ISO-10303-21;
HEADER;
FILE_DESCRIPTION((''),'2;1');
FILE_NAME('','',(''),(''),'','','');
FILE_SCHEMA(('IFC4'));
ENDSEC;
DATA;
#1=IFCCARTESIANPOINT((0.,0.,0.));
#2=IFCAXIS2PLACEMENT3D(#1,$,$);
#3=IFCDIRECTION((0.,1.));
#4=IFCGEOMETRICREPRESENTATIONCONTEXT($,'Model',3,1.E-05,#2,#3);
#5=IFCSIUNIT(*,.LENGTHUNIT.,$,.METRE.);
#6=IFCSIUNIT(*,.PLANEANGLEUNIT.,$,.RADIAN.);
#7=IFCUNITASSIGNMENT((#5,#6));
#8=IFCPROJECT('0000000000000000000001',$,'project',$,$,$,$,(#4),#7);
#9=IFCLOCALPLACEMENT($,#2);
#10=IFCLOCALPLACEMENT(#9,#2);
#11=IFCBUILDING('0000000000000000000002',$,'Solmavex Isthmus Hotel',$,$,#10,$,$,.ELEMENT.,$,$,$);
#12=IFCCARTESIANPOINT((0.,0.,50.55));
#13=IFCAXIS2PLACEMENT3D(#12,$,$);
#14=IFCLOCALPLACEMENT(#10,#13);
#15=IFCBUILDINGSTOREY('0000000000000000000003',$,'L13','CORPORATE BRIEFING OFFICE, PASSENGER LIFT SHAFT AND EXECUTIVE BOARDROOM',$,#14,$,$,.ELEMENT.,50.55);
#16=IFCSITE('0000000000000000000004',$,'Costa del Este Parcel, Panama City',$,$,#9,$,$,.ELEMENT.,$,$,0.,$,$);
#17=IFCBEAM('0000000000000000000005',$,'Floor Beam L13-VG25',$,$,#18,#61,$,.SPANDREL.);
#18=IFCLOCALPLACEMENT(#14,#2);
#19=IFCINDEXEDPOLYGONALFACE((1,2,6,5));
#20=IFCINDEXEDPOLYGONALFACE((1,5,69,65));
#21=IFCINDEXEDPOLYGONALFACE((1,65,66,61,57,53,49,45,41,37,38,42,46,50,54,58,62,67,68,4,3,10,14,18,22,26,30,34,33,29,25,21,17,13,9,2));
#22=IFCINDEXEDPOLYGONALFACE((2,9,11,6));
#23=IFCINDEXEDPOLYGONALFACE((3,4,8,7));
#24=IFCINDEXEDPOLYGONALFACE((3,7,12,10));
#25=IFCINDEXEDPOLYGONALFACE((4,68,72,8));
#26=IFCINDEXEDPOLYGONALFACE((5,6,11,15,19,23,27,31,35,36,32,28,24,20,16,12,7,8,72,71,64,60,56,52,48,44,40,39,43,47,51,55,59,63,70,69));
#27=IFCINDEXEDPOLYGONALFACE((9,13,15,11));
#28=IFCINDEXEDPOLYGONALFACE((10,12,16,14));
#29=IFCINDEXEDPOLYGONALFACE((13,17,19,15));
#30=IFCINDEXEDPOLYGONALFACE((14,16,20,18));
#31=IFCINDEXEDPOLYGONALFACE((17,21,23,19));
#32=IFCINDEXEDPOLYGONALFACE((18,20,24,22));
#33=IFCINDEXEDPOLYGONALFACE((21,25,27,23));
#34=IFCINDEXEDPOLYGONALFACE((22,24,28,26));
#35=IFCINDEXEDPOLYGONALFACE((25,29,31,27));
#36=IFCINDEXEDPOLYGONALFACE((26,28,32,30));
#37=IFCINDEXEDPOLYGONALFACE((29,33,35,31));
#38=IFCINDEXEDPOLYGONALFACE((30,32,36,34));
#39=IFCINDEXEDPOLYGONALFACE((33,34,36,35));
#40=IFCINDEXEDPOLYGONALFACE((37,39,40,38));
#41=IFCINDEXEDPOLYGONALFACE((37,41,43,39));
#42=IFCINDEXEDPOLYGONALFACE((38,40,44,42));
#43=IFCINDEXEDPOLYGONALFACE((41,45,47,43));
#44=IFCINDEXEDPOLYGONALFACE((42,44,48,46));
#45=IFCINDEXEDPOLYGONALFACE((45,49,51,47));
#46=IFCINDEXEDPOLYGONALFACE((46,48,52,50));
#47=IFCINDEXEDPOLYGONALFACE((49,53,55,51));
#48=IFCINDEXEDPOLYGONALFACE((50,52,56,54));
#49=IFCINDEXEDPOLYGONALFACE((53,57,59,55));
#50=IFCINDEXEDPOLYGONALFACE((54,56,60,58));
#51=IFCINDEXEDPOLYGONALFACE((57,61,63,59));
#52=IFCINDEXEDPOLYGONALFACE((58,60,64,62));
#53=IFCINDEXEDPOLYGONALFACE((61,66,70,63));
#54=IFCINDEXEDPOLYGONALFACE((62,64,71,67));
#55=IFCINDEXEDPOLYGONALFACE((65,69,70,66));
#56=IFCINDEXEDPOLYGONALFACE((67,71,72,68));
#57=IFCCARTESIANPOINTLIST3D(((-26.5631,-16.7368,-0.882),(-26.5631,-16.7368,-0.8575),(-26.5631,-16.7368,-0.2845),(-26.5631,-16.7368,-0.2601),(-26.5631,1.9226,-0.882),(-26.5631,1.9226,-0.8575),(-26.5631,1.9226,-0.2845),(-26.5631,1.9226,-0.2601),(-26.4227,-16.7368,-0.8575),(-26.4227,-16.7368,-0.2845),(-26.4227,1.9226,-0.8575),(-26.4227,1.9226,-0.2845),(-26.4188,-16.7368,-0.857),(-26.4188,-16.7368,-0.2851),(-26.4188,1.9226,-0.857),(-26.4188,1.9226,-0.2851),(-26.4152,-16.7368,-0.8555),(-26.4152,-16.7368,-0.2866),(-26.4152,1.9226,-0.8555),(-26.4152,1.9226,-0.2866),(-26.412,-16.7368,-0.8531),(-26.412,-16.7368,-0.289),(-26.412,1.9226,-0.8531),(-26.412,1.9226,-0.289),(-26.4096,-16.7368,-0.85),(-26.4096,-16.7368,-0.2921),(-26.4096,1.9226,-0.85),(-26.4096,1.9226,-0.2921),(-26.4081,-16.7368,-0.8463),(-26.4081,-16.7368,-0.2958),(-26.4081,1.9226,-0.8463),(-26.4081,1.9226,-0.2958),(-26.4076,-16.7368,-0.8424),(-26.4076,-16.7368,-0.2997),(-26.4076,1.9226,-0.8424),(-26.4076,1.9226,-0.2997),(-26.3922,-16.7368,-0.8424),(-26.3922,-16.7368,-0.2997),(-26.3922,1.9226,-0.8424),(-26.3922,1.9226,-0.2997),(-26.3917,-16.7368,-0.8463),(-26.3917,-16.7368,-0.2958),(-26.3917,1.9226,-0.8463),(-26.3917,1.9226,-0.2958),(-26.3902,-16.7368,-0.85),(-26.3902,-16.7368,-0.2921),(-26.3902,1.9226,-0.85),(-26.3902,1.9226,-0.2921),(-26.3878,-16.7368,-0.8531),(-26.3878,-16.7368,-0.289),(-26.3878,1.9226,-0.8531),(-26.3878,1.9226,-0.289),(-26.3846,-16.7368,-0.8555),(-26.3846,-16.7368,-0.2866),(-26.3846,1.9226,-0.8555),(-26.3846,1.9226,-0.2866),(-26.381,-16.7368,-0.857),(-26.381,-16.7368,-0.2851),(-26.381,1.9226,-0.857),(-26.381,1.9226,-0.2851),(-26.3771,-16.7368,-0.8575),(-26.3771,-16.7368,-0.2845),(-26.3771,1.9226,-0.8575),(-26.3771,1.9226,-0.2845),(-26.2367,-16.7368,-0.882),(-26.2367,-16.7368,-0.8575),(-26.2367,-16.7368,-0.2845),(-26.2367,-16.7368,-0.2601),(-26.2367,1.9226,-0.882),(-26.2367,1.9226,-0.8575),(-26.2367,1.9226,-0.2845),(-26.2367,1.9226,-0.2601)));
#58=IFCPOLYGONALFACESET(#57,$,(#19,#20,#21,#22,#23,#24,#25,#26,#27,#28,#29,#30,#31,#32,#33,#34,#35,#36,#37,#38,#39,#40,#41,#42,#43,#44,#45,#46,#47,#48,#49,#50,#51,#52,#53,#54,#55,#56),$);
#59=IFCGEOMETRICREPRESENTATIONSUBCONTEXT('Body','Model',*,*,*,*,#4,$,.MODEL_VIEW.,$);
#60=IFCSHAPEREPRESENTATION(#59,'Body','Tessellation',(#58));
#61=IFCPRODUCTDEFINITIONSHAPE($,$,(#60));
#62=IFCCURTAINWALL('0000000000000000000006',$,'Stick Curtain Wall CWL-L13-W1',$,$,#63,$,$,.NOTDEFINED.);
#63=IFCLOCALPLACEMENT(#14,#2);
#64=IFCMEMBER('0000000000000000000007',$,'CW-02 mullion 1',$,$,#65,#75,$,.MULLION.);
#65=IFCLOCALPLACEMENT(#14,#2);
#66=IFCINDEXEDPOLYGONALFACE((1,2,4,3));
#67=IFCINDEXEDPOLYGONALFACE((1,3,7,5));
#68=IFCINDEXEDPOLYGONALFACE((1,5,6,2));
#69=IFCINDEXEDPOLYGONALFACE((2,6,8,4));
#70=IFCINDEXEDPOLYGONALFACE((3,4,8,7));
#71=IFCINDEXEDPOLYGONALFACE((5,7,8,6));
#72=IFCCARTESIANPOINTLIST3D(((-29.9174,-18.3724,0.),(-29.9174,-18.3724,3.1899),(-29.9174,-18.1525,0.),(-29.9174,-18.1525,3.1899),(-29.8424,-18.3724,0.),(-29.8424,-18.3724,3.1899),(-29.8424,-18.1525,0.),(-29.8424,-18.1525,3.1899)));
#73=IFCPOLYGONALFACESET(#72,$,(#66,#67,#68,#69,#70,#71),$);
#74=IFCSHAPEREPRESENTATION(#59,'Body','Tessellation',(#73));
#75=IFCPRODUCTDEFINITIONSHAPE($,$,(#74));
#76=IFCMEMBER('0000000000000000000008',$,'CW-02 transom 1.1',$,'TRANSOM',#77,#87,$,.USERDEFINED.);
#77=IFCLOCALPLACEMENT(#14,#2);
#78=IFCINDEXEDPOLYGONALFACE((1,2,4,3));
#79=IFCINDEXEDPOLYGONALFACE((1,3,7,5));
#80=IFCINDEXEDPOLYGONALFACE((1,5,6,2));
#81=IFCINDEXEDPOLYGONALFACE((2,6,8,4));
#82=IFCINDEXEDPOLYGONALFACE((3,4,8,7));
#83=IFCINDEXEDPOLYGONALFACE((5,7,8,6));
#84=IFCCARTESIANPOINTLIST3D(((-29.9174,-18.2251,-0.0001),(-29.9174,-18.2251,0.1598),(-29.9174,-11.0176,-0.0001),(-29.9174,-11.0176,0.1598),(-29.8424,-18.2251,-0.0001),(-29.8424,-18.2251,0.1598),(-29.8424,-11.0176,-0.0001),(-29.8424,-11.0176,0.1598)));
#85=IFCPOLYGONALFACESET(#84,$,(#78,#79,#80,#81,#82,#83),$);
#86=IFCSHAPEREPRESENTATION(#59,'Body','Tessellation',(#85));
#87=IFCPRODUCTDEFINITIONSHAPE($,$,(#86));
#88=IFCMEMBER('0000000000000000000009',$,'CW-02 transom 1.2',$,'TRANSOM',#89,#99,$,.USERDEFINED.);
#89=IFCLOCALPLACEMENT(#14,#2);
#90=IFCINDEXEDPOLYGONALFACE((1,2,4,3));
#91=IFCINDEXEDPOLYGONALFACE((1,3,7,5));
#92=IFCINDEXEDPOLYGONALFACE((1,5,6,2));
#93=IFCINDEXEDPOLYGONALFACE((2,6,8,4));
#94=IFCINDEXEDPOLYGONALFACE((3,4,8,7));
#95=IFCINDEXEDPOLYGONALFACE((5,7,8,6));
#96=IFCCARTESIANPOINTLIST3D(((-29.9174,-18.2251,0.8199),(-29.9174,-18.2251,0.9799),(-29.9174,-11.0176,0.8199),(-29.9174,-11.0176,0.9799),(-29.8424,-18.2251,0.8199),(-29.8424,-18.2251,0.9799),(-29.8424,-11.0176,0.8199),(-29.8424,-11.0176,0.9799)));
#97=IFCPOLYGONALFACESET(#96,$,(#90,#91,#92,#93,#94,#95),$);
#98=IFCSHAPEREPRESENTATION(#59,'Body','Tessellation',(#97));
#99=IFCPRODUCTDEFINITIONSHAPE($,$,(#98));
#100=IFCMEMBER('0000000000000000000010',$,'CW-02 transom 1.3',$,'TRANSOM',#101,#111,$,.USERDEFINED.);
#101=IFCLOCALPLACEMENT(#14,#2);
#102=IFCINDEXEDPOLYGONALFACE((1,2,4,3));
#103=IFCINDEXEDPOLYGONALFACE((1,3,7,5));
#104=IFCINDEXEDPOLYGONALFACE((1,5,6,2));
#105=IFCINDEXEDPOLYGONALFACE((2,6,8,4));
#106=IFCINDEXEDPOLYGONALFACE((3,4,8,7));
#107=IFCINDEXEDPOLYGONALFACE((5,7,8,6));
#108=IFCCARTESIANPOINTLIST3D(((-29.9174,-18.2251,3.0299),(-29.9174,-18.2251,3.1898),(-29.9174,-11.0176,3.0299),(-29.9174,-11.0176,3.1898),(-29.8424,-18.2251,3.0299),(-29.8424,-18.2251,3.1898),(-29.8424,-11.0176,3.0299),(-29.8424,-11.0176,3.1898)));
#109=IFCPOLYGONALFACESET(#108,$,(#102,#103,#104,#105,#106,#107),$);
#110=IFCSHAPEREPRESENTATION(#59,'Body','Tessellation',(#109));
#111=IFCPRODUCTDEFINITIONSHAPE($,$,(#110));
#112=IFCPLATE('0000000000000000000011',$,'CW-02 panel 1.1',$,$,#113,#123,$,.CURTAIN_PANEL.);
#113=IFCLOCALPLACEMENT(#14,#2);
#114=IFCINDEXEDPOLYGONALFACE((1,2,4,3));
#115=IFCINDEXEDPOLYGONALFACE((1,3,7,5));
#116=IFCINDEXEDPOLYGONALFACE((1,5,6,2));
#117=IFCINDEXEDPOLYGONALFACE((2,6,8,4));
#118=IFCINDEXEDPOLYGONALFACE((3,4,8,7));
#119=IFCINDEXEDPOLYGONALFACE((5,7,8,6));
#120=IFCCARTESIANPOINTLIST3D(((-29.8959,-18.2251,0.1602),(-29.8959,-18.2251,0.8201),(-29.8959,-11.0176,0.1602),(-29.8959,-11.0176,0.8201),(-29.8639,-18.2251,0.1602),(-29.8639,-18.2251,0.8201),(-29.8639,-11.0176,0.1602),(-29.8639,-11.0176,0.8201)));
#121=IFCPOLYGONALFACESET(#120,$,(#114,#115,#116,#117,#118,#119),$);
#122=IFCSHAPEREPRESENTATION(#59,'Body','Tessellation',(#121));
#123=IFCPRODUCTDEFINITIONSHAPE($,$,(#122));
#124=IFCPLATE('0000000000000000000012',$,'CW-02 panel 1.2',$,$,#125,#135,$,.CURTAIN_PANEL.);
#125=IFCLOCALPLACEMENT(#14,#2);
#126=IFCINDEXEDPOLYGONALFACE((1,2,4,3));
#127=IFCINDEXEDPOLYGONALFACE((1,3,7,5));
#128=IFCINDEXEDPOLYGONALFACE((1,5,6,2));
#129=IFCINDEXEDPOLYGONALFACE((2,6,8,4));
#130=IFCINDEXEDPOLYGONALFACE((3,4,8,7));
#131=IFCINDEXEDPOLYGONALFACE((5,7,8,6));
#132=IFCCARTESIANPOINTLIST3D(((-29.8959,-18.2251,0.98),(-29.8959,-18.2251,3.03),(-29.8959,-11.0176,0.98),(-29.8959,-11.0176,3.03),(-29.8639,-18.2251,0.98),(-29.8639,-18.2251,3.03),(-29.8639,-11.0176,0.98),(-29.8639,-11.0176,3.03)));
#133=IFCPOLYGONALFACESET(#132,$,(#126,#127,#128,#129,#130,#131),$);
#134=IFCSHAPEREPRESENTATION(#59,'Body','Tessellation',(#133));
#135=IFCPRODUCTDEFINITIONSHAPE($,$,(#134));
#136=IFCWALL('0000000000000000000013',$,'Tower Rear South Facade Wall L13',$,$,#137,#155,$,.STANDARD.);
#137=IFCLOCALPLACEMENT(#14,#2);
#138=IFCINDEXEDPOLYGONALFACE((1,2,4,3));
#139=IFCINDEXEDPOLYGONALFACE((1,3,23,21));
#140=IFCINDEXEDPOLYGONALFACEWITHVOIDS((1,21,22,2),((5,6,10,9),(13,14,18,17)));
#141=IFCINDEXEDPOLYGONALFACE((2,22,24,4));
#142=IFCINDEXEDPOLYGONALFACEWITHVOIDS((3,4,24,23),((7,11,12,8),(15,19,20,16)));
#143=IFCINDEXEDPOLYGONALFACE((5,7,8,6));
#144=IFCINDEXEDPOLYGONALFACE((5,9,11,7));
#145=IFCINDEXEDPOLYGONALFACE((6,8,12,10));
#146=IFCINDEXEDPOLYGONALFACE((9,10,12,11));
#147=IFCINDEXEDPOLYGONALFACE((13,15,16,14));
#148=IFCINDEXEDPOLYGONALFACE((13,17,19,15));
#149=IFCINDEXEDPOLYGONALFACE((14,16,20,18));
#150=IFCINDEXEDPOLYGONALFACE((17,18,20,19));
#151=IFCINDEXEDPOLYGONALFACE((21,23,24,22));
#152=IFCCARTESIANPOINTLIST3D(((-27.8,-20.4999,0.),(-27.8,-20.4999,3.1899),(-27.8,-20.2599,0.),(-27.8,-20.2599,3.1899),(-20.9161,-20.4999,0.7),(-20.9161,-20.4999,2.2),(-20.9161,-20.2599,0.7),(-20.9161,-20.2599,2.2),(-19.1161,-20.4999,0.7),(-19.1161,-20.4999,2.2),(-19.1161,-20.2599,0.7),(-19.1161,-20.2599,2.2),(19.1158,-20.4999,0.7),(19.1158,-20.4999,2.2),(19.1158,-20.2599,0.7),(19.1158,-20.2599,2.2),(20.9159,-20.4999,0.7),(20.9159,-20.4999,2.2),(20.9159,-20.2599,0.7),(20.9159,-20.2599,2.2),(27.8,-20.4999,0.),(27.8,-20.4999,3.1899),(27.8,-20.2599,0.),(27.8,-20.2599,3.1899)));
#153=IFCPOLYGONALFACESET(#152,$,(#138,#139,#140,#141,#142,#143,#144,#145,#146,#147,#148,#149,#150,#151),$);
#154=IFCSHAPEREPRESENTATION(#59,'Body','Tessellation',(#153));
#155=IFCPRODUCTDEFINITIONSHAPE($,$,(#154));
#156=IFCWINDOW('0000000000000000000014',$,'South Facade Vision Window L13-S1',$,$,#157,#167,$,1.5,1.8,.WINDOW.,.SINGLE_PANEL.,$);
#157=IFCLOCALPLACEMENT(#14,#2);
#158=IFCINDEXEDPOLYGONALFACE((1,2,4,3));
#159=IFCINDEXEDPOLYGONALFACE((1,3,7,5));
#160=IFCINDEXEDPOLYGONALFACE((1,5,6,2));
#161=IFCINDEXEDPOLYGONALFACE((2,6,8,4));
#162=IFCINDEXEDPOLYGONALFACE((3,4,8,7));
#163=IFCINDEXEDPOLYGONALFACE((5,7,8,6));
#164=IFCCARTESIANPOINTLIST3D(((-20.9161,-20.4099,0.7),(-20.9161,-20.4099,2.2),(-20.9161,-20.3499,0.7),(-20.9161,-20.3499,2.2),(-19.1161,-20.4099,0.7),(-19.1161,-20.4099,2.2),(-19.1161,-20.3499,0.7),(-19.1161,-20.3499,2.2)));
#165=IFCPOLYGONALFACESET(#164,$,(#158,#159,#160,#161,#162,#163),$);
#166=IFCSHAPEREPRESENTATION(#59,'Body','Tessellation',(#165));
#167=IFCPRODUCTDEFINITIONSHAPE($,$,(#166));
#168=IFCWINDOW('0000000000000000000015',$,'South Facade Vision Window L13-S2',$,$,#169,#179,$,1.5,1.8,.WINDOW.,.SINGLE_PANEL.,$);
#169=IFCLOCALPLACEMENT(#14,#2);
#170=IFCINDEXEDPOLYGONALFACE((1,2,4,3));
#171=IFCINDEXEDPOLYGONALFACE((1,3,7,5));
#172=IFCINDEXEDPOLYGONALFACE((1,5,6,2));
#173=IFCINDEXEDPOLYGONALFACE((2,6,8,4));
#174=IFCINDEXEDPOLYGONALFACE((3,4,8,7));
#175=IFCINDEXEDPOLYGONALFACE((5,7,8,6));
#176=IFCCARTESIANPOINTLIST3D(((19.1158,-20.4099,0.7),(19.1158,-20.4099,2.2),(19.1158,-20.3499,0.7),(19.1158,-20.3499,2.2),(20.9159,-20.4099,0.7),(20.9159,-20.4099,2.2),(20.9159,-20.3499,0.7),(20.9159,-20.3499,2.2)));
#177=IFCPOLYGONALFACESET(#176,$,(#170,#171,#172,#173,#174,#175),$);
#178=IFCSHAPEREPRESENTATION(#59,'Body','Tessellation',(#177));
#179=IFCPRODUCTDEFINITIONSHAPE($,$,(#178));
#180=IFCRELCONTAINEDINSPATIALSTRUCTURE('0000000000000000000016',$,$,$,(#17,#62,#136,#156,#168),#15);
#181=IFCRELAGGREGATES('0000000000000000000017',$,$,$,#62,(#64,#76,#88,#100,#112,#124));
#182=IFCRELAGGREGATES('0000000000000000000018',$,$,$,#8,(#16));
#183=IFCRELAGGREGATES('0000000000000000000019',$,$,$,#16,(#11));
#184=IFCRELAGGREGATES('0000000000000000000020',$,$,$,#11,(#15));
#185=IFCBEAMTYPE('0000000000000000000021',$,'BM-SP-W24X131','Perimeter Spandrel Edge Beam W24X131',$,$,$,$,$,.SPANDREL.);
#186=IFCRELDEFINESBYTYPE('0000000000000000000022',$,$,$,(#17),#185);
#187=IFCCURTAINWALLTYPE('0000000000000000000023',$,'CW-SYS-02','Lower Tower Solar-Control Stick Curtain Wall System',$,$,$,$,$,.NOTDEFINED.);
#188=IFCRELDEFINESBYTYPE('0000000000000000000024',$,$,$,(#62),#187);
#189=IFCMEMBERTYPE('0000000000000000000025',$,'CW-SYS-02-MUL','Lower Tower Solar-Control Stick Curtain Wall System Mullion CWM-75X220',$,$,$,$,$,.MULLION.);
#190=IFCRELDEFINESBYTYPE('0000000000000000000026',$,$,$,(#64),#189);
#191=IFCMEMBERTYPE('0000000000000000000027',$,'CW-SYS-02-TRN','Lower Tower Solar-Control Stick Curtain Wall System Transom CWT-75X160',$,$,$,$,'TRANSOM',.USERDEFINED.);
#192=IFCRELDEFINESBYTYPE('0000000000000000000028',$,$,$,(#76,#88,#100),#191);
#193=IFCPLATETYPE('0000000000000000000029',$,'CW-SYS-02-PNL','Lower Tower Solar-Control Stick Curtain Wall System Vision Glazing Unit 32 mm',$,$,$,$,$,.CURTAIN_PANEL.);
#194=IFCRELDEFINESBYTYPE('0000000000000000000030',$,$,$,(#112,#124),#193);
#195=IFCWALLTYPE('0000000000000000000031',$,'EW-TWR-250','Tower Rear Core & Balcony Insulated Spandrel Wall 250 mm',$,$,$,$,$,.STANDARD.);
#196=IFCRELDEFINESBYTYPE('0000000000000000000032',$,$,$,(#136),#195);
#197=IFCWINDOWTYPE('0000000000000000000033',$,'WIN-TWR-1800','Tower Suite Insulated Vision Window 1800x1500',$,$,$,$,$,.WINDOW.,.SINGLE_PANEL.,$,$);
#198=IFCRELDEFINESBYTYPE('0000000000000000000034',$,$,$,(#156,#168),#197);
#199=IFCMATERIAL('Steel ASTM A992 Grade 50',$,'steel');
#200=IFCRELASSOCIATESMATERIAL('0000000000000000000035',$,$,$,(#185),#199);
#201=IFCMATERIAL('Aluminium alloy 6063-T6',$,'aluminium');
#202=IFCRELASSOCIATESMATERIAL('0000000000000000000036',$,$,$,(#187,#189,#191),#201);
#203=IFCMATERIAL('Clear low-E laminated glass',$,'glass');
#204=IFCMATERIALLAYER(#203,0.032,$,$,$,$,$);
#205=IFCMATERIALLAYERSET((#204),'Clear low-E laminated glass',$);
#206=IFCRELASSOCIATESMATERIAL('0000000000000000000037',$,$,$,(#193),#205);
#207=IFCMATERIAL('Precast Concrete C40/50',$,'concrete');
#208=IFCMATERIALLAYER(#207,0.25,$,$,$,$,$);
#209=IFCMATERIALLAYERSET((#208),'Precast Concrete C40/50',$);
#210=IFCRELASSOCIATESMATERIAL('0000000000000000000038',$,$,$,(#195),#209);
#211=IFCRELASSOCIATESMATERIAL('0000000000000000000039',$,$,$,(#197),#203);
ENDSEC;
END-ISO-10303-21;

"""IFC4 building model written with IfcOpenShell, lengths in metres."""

from ifc_helpers import new_model, si_unit, direction, frame, frame_2d, origin, origin_2d, place, context, subcontext, project, spatial, rectangle, i_section, extrude, material, layer, layer_set, material_profile, profile_set, type_object, element, fill, aggregate, save


model = new_model("IFC4")

# Units and contexts
model_context = context("Model", 3, precision=1e-05, world=origin(), true_north=direction((0.0, 1.0)))
body_context = subcontext(model_context, "Body", "Model", "MODEL_VIEW")
ifc_project = project(units=[si_unit("LENGTHUNIT", "METRE"), si_unit("PLANEANGLEUNIT", "RADIAN")], contexts=[model_context])

# Site, building, storey
site_placement = place(None, origin())
site = spatial("IfcSite", under=ifc_project, at=site_placement, Name="Costa del Este Parcel, Panama City", CompositionType="ELEMENT", RefElevation=0.0)
building_placement = place(site_placement, origin())
building = spatial("IfcBuilding", under=site, at=building_placement, Name="Solmavex Isthmus Hotel", CompositionType="ELEMENT")
storey_placement = place(building_placement, frame((0.0, 0.0, 50.55)))
storey = spatial("IfcBuildingStorey", under=building, at=storey_placement, Name="L13", Description="CORPORATE BRIEFING OFFICE, PASSENGER LIFT SHAFT AND EXECUTIVE BOARDROOM", CompositionType="ELEMENT", Elevation=50.55)

# Beam
ifc_material_1 = material(Name="Steel ASTM A992 Grade 50", Category="steel")
ifc_material_profile_1 = material_profile(ifc_material_1, i_section(OverallWidth=0.3264, OverallDepth=0.6218, WebThickness=0.0154, FlangeThickness=0.0244, FilletRadius=0.0151, at=origin_2d()), Name="W24X131")
ifc_profile_set_1 = profile_set([ifc_material_profile_1], Name="Steel ASTM A992 Grade 50")
beam_type_1 = type_object("IfcBeamType", Name="BM-SP-W24X131", Description="Perimeter Spandrel Edge Beam W24X131", PredefinedType="SPANDREL", material=ifc_profile_set_1)
beam_1_placement = place(storey_placement, frame((-26.3999, -16.7368, -0.571), z_axis=(0.0, 1.0, 0.0), x_axis=(-1.0, 0.0, 0.0)))
element("IfcBeam", 1, at=beam_1_placement, inside=storey, type_object=beam_type_1, Name="Floor Beam L13-VG25", PredefinedType="SPANDREL", context=body_context, shape_type="SweptSolid", body=[
    extrude(i_section(OverallWidth=0.3264, OverallDepth=0.6218, WebThickness=0.0154, FlangeThickness=0.0244, FilletRadius=0.0151, at=origin_2d()), origin(), (0.0, 0.0, 1.0), 18.6594),
])

# Curtain wall, members, plates
ifc_material_2 = material(Name="Aluminium alloy 6063-T6", Category="aluminium")
curtain_wall_type = type_object("IfcCurtainWallType", Name="CW-SYS-02", Description="Lower Tower Solar-Control Stick Curtain Wall System", PredefinedType="NOTDEFINED", material=ifc_material_2)
curtain_wall_placement = place(storey_placement, origin())
curtain_wall = element("IfcCurtainWall", 2, at=curtain_wall_placement, inside=storey, type_object=curtain_wall_type, Name="Stick Curtain Wall CWL-L13-W1", PredefinedType="NOTDEFINED")
ifc_material_profile_2 = material_profile(ifc_material_2, rectangle(XDim=0.075, YDim=0.22, at=origin_2d()), Name="CWM-75X220")
ifc_profile_set_2 = profile_set([ifc_material_profile_2], Name="Aluminium alloy 6063-T6")
member_type_1 = type_object("IfcMemberType", Name="CW-SYS-02-MUL", Description="Lower Tower Solar-Control Stick Curtain Wall System Mullion CWM-75X220", PredefinedType="MULLION", material=ifc_profile_set_2)
member_1_placement = place(storey_placement, frame((-29.8799, -18.2625, 0.0), z_axis=(0.0, 0.0, 1.0), x_axis=(-1.0, 0.0, 0.0)))
member_1 = element("IfcMember", 3, at=member_1_placement, type_object=member_type_1, Name="CW-02 mullion 1", PredefinedType="MULLION", context=body_context, shape_type="SweptSolid", body=[
    extrude(rectangle(XDim=0.075, YDim=0.22, at=origin_2d()), origin(), (0.0, 0.0, 1.0), 3.1899),
])
ifc_material_profile_3 = material_profile(ifc_material_2, rectangle(XDim=0.075, YDim=0.1599, at=origin_2d()), Name="CWT-75X160")
ifc_profile_set_3 = profile_set([ifc_material_profile_3], Name="Aluminium alloy 6063-T6")
member_type_2 = type_object("IfcMemberType", Name="CW-SYS-02-TRN", Description="Lower Tower Solar-Control Stick Curtain Wall System Transom CWT-75X160", ElementType="TRANSOM", PredefinedType="USERDEFINED", material=ifc_profile_set_3)
member_2_placement = place(storey_placement, frame((-29.8799, -18.2251, 0.0798), z_axis=(0.0, 1.0, 0.0), x_axis=(-1.0, 0.0, 0.0)))
member_2 = element("IfcMember", 4, at=member_2_placement, type_object=member_type_2, Name="CW-02 transom 1.1", ObjectType="TRANSOM", PredefinedType="USERDEFINED", context=body_context, shape_type="SweptSolid", body=[
    extrude(rectangle(XDim=0.075, YDim=0.1599, at=origin_2d()), origin(), (0.0, 0.0, 1.0), 7.2075),
])
member_3_placement = place(storey_placement, frame((-29.8799, -18.2251, 0.8999), z_axis=(0.0, 1.0, 0.0), x_axis=(-1.0, 0.0, 0.0)))
member_3 = element("IfcMember", 5, at=member_3_placement, type_object=member_type_2, Name="CW-02 transom 1.2", ObjectType="TRANSOM", PredefinedType="USERDEFINED", context=body_context, shape_type="SweptSolid", body=[
    extrude(rectangle(XDim=0.075, YDim=0.1599, at=origin_2d()), origin(), (0.0, 0.0, 1.0), 7.2075),
])
member_4_placement = place(storey_placement, frame((-29.8799, -18.2251, 3.1099), z_axis=(0.0, 1.0, 0.0), x_axis=(-1.0, 0.0, 0.0)))
member_4 = element("IfcMember", 6, at=member_4_placement, type_object=member_type_2, Name="CW-02 transom 1.3", ObjectType="TRANSOM", PredefinedType="USERDEFINED", context=body_context, shape_type="SweptSolid", body=[
    extrude(rectangle(XDim=0.075, YDim=0.1599, at=origin_2d()), origin(), (0.0, 0.0, 1.0), 7.2075),
])
ifc_material_3 = material(Name="Clear low-E laminated glass", Category="glass")
ifc_layer_1 = layer(ifc_material_3, 0.032)
ifc_layer_set_1 = layer_set([ifc_layer_1], Name="Clear low-E laminated glass")
plate_type = type_object("IfcPlateType", Name="CW-SYS-02-PNL", Description="Lower Tower Solar-Control Stick Curtain Wall System Vision Glazing Unit 32 mm", PredefinedType="CURTAIN_PANEL", material=ifc_layer_set_1)
plate_1_placement = place(storey_placement, frame((-29.8799, -14.6213, 0.1602), z_axis=(0.0, 0.0, 1.0), x_axis=(0.0, 1.0, 0.0)))
plate_1 = element("IfcPlate", 7, at=plate_1_placement, type_object=plate_type, Name="CW-02 panel 1.1", PredefinedType="CURTAIN_PANEL", context=body_context, shape_type="SweptSolid", body=[
    extrude(rectangle(XDim=7.2075, YDim=0.032, at=origin_2d()), origin(), (0.0, 0.0, 1.0), 0.6599),
])
plate_2_placement = place(storey_placement, frame((-29.8799, -14.6213, 0.98), z_axis=(0.0, 0.0, 1.0), x_axis=(0.0, 1.0, 0.0)))
plate_2 = element("IfcPlate", 8, at=plate_2_placement, type_object=plate_type, Name="CW-02 panel 1.2", PredefinedType="CURTAIN_PANEL", context=body_context, shape_type="SweptSolid", body=[
    extrude(rectangle(XDim=7.2075, YDim=0.032, at=origin_2d()), origin(), (0.0, 0.0, 1.0), 2.05),
])
aggregate(curtain_wall, [member_1, member_2, member_3, member_4, plate_1, plate_2])

# Wall, openings, windows
ifc_material_4 = material(Name="Precast Concrete C40/50", Category="concrete")
ifc_layer_2 = layer(ifc_material_4, 0.25)
ifc_layer_set_2 = layer_set([ifc_layer_2], Name="Precast Concrete C40/50")
wall_type_1 = type_object("IfcWallType", Name="EW-TWR-250", Description="Tower Rear Core & Balcony Insulated Spandrel Wall 250 mm", PredefinedType="STANDARD", material=ifc_layer_set_2)
wall_1_placement = place(storey_placement, frame((-27.8, -20.3799, 0.0), z_axis=(0.0, 0.0, 1.0), x_axis=(1.0, 0.0, 0.0)))
wall_1 = element("IfcWall", 9, at=wall_1_placement, inside=storey, type_object=wall_type_1, Name="Tower Rear South Facade Wall L13", PredefinedType="STANDARD", context=body_context, shape_type="SweptSolid", body=[
    extrude(rectangle(XDim=55.6001, YDim=0.24, at=frame_2d((27.8, 0.0))), origin(), (0.0, 0.0, 1.0), 3.1899),
])
opening_1_placement = place(wall_1_placement, frame((6.884, 0.0, 0.7)))
opening_1 = element("IfcOpeningElement", 10, at=opening_1_placement, cuts=wall_1, PredefinedType="OPENING", context=body_context, shape_type="SweptSolid", body=[
    extrude(rectangle(XDim=1.8, YDim=1.5, at=frame_2d((0.8999, 0.75))), frame((0.0, 0.1299, 0.0), z_axis=(0.0, -1.0, 0.0), x_axis=(1.0, 0.0, 0.0)), (0.0, 0.0, 1.0), 0.26),
])
opening_2_placement = place(wall_1_placement, frame((46.916, 0.0, 0.7)))
opening_2 = element("IfcOpeningElement", 11, at=opening_2_placement, cuts=wall_1, PredefinedType="OPENING", context=body_context, shape_type="SweptSolid", body=[
    extrude(rectangle(XDim=1.8, YDim=1.5, at=frame_2d((0.8999, 0.75))), frame((0.0, 0.1299, 0.0), z_axis=(0.0, -1.0, 0.0), x_axis=(1.0, 0.0, 0.0)), (0.0, 0.0, 1.0), 0.26),
])
window_type = type_object("IfcWindowType", Name="WIN-TWR-1800", Description="Tower Suite Insulated Vision Window 1800x1500", PartitioningType="SINGLE_PANEL", PredefinedType="WINDOW", material=ifc_material_3)
window_1_placement = place(opening_1_placement, origin())
window_1 = element("IfcWindow", 12, at=window_1_placement, inside=storey, type_object=window_type, Name="South Facade Vision Window L13-S1", OverallHeight=1.5, OverallWidth=1.8, PartitioningType="SINGLE_PANEL", PredefinedType="WINDOW", context=body_context, shape_type="SweptSolid", body=[
    extrude(rectangle(XDim=1.8, YDim=1.5, at=frame_2d((0.8999, 0.75))), frame((0.0, 0.03, 0.0), z_axis=(0.0, -1.0, 0.0), x_axis=(1.0, 0.0, 0.0)), (0.0, 0.0, 1.0), 0.0601),
])
fill(opening_1, window_1)
window_2_placement = place(opening_2_placement, origin())
window_2 = element("IfcWindow", 13, at=window_2_placement, inside=storey, type_object=window_type, Name="South Facade Vision Window L13-S2", OverallHeight=1.5, OverallWidth=1.8, PartitioningType="SINGLE_PANEL", PredefinedType="WINDOW", context=body_context, shape_type="SweptSolid", body=[
    extrude(rectangle(XDim=1.8, YDim=1.5, at=frame_2d((0.8999, 0.75))), frame((0.0, 0.03, 0.0), z_axis=(0.0, -1.0, 0.0), x_axis=(1.0, 0.0, 0.0)), (0.0, 0.0, 1.0), 0.0601),
])
fill(opening_2, window_2)

save(model, "model.ifc")
